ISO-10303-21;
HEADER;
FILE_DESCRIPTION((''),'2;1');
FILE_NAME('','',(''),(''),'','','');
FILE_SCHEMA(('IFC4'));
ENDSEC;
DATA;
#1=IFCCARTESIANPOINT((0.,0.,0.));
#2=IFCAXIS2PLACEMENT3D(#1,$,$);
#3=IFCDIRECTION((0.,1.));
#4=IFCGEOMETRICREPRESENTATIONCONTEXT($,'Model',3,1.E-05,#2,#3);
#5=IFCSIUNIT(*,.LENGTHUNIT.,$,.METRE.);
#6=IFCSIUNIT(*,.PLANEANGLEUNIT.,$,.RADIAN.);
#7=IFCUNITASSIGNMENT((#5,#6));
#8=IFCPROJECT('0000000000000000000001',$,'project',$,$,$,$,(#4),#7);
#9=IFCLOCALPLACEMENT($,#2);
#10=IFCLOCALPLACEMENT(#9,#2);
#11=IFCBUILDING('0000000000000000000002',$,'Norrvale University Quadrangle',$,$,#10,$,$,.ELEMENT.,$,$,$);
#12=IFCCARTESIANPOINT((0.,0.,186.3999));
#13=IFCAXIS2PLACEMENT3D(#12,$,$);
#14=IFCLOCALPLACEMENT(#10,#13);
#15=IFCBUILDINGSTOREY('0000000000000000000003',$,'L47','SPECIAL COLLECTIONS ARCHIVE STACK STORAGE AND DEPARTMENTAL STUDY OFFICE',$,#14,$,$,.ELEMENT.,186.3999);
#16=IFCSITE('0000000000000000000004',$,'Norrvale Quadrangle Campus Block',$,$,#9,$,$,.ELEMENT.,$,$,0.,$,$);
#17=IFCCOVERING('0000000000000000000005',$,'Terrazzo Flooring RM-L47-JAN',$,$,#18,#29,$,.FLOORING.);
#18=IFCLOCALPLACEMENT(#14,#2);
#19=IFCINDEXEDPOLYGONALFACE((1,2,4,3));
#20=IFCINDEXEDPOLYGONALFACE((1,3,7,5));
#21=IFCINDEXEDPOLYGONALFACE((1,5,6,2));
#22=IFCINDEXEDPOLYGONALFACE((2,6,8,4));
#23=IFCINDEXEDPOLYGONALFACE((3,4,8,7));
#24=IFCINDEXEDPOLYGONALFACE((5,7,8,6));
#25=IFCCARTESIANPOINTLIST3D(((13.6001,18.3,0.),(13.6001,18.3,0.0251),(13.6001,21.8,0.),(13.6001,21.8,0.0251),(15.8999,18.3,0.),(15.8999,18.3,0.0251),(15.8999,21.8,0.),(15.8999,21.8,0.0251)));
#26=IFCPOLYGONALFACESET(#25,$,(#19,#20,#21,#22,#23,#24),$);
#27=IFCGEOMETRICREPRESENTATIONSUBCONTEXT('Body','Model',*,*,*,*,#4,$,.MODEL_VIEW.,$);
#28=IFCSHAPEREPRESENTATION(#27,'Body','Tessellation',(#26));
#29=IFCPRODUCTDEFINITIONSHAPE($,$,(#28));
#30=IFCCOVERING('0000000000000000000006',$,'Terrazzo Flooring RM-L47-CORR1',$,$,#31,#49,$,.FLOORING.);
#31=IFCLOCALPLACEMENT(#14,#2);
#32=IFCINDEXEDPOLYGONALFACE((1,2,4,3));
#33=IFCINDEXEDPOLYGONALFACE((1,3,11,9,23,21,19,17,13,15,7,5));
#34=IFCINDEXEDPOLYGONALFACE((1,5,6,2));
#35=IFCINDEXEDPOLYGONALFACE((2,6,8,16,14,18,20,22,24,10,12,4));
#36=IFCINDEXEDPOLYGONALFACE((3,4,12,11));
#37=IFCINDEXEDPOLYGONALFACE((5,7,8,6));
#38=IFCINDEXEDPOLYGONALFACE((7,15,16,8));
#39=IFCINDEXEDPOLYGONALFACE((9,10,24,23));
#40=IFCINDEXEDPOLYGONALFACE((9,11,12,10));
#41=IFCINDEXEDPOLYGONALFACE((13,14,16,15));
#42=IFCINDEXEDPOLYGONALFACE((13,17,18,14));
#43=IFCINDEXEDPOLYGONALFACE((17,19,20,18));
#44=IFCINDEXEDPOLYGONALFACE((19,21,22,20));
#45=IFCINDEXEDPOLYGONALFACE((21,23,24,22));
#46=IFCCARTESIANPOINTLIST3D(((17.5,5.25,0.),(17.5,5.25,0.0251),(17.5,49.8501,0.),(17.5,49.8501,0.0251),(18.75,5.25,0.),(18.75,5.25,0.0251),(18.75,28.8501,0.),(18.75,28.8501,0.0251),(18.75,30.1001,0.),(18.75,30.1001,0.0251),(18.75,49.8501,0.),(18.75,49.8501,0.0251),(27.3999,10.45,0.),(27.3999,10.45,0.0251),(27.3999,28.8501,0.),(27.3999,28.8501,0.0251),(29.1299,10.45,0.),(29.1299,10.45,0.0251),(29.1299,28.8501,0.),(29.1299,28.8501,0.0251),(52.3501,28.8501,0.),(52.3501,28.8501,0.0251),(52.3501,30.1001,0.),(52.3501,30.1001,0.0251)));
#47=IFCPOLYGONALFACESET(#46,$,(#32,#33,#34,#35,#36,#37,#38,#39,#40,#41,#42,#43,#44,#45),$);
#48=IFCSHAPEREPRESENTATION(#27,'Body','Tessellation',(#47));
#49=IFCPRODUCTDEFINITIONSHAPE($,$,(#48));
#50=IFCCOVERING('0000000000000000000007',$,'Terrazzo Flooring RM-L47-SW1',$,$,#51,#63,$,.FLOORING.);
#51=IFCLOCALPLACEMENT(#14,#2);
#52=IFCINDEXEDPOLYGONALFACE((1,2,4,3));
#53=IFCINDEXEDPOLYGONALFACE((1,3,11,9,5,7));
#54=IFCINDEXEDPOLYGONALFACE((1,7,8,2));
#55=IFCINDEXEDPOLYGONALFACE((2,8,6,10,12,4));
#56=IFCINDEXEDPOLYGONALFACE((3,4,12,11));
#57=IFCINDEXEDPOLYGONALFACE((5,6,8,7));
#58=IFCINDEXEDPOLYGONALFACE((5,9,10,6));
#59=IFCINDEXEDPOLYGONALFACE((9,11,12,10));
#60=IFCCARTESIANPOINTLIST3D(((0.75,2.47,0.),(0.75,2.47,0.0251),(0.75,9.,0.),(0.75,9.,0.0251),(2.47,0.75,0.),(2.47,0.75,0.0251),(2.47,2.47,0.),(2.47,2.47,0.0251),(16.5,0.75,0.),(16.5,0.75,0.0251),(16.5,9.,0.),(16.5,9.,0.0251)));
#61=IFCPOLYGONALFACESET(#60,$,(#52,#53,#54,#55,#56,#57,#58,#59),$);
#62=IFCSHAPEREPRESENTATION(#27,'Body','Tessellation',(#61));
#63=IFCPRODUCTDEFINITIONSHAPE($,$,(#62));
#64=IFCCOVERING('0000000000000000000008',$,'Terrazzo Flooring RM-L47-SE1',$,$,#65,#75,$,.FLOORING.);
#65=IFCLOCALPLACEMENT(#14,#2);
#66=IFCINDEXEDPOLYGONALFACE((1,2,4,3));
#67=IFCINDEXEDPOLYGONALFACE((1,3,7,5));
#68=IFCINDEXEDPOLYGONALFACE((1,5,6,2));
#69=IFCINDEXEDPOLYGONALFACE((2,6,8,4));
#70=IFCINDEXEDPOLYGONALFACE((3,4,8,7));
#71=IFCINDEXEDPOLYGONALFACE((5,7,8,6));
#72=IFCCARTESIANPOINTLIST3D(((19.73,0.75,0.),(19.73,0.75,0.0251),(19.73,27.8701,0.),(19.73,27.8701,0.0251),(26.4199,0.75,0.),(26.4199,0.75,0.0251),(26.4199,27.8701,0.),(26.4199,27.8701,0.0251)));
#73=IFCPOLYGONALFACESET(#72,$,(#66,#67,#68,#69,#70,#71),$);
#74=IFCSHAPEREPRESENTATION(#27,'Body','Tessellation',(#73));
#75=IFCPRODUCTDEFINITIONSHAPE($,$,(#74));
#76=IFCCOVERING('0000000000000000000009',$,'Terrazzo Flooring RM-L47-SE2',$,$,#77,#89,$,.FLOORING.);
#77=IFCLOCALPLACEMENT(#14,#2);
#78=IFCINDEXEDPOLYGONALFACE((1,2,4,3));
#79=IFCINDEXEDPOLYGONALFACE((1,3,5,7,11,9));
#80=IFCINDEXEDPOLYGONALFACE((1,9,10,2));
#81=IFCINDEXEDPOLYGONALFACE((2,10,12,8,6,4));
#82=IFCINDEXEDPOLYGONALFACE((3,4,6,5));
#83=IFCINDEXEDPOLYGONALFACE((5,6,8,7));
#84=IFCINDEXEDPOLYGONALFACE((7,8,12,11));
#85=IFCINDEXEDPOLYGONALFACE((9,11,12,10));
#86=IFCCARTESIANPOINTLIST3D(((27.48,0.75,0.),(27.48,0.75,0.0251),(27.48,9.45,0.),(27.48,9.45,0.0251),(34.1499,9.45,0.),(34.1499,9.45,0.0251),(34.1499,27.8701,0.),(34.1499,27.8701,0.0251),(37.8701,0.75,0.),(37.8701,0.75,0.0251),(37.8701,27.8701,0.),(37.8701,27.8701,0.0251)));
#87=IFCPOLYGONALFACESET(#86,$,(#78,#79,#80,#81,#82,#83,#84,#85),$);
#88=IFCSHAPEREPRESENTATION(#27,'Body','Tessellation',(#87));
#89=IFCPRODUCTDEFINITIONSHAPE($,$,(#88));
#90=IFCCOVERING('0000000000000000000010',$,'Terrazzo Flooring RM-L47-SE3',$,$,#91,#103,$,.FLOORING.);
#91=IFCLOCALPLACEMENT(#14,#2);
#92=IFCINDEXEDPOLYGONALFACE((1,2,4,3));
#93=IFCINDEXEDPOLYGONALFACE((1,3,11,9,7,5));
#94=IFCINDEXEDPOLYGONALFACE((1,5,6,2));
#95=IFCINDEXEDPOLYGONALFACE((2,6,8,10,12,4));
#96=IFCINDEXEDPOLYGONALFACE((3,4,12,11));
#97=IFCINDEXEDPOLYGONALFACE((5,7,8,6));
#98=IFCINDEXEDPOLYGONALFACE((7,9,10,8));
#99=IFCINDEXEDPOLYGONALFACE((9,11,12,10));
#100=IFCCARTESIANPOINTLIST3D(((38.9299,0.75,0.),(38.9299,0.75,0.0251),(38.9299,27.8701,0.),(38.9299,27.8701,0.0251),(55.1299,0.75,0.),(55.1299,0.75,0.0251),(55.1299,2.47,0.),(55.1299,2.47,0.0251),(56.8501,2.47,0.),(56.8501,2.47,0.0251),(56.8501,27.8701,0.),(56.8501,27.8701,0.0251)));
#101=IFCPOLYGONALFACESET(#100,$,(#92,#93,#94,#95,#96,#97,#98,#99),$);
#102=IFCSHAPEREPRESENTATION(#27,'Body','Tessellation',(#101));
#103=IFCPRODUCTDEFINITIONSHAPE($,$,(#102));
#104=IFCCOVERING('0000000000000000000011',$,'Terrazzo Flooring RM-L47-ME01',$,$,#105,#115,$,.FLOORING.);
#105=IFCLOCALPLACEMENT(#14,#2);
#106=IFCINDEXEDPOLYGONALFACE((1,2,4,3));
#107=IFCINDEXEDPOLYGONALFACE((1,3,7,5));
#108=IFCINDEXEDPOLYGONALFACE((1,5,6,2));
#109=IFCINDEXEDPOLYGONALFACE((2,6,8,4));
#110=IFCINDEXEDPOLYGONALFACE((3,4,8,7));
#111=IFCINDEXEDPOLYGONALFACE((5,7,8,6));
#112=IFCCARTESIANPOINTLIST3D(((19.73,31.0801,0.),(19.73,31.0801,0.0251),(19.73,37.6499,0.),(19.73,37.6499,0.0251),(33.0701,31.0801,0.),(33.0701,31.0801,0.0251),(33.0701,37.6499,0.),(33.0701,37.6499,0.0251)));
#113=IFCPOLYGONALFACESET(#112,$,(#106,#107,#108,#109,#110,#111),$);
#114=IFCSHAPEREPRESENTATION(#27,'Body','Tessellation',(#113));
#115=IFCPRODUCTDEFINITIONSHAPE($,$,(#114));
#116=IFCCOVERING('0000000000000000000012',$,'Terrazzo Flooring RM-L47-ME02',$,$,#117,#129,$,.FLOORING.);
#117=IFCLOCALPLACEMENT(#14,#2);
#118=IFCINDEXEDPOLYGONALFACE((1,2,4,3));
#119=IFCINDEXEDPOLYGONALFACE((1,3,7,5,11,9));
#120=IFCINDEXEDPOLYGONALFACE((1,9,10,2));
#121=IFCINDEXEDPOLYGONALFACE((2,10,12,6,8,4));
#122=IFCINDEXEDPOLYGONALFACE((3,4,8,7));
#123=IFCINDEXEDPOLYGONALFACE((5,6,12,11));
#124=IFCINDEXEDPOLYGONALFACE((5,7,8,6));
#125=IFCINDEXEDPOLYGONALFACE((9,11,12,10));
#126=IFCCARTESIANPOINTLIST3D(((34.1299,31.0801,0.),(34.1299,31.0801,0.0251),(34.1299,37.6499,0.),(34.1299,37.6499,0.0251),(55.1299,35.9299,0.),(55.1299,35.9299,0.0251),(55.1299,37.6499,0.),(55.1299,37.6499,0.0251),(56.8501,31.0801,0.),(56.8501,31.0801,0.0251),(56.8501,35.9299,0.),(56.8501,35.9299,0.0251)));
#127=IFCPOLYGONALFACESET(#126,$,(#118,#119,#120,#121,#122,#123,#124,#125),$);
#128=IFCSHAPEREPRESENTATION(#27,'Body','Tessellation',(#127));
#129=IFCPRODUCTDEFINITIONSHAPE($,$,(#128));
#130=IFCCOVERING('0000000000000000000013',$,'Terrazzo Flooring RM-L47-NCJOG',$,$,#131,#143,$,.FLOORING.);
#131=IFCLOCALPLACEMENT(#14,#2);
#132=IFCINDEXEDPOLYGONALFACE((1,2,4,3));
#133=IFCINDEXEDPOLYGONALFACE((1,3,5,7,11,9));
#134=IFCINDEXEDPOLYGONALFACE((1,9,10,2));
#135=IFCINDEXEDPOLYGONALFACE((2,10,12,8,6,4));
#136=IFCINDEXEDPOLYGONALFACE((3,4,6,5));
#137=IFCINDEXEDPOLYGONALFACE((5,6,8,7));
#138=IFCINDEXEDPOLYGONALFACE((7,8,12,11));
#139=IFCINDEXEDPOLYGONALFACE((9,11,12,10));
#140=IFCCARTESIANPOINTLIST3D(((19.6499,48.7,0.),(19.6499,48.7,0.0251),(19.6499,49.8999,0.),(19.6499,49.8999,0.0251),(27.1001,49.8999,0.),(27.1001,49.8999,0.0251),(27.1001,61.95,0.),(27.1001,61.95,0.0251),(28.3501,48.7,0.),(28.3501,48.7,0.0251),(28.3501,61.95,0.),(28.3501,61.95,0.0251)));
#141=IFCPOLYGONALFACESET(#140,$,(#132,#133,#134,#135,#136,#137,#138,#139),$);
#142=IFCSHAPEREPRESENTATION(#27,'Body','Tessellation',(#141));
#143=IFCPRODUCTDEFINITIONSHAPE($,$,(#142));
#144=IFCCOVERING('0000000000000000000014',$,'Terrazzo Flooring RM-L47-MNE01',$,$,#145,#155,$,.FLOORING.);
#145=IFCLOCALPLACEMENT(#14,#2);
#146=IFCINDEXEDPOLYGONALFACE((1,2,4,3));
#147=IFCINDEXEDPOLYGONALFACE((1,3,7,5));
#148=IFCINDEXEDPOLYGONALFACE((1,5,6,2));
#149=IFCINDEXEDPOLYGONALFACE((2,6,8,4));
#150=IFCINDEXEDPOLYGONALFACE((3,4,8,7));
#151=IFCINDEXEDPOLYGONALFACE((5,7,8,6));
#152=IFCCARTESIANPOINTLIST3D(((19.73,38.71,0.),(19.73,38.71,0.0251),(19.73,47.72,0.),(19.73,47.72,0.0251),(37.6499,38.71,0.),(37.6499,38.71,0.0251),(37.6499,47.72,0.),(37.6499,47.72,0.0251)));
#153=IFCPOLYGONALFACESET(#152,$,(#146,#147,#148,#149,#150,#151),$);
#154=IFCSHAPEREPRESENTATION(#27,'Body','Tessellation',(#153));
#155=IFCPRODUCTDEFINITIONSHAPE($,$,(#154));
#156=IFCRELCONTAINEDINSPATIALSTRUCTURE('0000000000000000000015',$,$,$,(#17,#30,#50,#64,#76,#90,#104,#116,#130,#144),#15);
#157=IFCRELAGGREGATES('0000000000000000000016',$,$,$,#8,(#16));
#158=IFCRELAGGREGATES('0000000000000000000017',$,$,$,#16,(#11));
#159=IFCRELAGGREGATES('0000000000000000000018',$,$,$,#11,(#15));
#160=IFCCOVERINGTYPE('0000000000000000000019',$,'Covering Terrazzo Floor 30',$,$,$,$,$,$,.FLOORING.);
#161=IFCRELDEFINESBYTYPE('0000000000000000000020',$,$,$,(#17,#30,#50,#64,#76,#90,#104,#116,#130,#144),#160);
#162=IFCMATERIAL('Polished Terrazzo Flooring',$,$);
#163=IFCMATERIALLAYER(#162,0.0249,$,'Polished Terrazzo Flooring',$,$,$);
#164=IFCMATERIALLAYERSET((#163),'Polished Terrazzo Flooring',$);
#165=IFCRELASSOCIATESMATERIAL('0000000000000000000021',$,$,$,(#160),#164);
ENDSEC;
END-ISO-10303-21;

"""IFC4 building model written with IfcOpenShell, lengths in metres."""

from ifc_helpers import new_model, si_unit, direction, frame, origin, place, context, subcontext, project, spatial, polyline, outline, extrude, material, layer, layer_set, type_object, element, save


model = new_model("IFC4")

# Units and contexts
model_context = context("Model", 3, precision=1e-05, world=origin(), true_north=direction((0.0, 1.0)))
body_context = subcontext(model_context, "Body", "Model", "MODEL_VIEW")
ifc_project = project(units=[si_unit("LENGTHUNIT", "METRE"), si_unit("PLANEANGLEUNIT", "RADIAN")], contexts=[model_context])

# Site, building, storey
site_placement = place(None, origin())
site = spatial("IfcSite", under=ifc_project, at=site_placement, Name="Norrvale Quadrangle Campus Block", CompositionType="ELEMENT", RefElevation=0.0)
building_placement = place(site_placement, origin())
building = spatial("IfcBuilding", under=site, at=building_placement, Name="Norrvale University Quadrangle", CompositionType="ELEMENT")
storey_placement = place(building_placement, frame((0.0, 0.0, 186.3999)))
storey = spatial("IfcBuildingStorey", under=building, at=storey_placement, Name="L47", Description="SPECIAL COLLECTIONS ARCHIVE STACK STORAGE AND DEPARTMENTAL STUDY OFFICE", CompositionType="ELEMENT", Elevation=186.3999)

# Coverings
ifc_material_1 = material(Name="Polished Terrazzo Flooring")
ifc_layer_1 = layer(ifc_material_1, 0.0249, Name="Polished Terrazzo Flooring")
ifc_layer_set_1 = layer_set([ifc_layer_1], Name="Polished Terrazzo Flooring")
covering_type_1 = type_object("IfcCoveringType", Name="Covering Terrazzo Floor 30", PredefinedType="FLOORING", material=ifc_layer_set_1)
covering_1_placement = place(storey_placement, origin())
element("IfcCovering", 1, at=covering_1_placement, inside=storey, type_object=covering_type_1, Name="Terrazzo Flooring RM-L47-JAN", PredefinedType="FLOORING", context=body_context, shape_type="SweptSolid", body=[
    extrude(outline(polyline([(13.6001, 18.3), (13.6001, 21.8), (15.8999, 21.8), (15.8999, 18.3), (13.6001, 18.3)])), origin(), (0.0, 0.0, 1.0), 0.0251),
])
covering_2_placement = place(storey_placement, origin())
element("IfcCovering", 2, at=covering_2_placement, inside=storey, type_object=covering_type_1, Name="Terrazzo Flooring RM-L47-CORR1", PredefinedType="FLOORING", context=body_context, shape_type="SweptSolid", body=[
    extrude(outline(polyline([(17.5, 5.25), (17.5, 49.8501), (18.75, 49.8501), (18.75, 30.1001), (52.3501, 30.1001), (52.3501, 28.8501), (29.1299, 28.8501), (29.1299, 10.45), (27.3999, 10.45), (27.3999, 28.8501), (18.75, 28.8501), (18.75, 5.25), (17.5, 5.25)])), origin(), (0.0, 0.0, 1.0), 0.0251),
])
covering_3_placement = place(storey_placement, origin())
element("IfcCovering", 3, at=covering_3_placement, inside=storey, type_object=covering_type_1, Name="Terrazzo Flooring RM-L47-SW1", PredefinedType="FLOORING", context=body_context, shape_type="SweptSolid", body=[
    extrude(outline(polyline([(0.75, 9.0), (16.5, 9.0), (16.5, 0.75), (2.47, 0.75), (2.47, 2.47), (0.75, 2.47), (0.75, 9.0)])), origin(), (0.0, 0.0, 1.0), 0.0251),
])
covering_4_placement = place(storey_placement, origin())
element("IfcCovering", 4, at=covering_4_placement, inside=storey, type_object=covering_type_1, Name="Terrazzo Flooring RM-L47-SE1", PredefinedType="FLOORING", context=body_context, shape_type="SweptSolid", body=[
    extrude(outline(polyline([(19.73, 27.8701), (26.4199, 27.8701), (26.4199, 0.75), (19.73, 0.75), (19.73, 27.8701)])), origin(), (0.0, 0.0, 1.0), 0.0251),
])
covering_5_placement = place(storey_placement, origin())
element("IfcCovering", 5, at=covering_5_placement, inside=storey, type_object=covering_type_1, Name="Terrazzo Flooring RM-L47-SE2", PredefinedType="FLOORING", context=body_context, shape_type="SweptSolid", body=[
    extrude(outline(polyline([(27.48, 9.45), (34.1499, 9.45), (34.1499, 27.8701), (37.8701, 27.8701), (37.8701, 0.75), (27.48, 0.75), (27.48, 9.45)])), origin(), (0.0, 0.0, 1.0), 0.0251),
])
covering_6_placement = place(storey_placement, origin())
element("IfcCovering", 6, at=covering_6_placement, inside=storey, type_object=covering_type_1, Name="Terrazzo Flooring RM-L47-SE3", PredefinedType="FLOORING", context=body_context, shape_type="SweptSolid", body=[
    extrude(outline(polyline([(38.9299, 0.75), (38.9299, 27.8701), (56.8501, 27.8701), (56.8501, 2.47), (55.1299, 2.47), (55.1299, 0.75), (38.9299, 0.75)])), origin(), (0.0, 0.0, 1.0), 0.0251),
])
covering_7_placement = place(storey_placement, origin())
element("IfcCovering", 7, at=covering_7_placement, inside=storey, type_object=covering_type_1, Name="Terrazzo Flooring RM-L47-ME01", PredefinedType="FLOORING", context=body_context, shape_type="SweptSolid", body=[
    extrude(outline(polyline([(19.73, 37.6499), (33.0701, 37.6499), (33.0701, 31.0801), (19.73, 31.0801), (19.73, 37.6499)])), origin(), (0.0, 0.0, 1.0), 0.0251),
])
covering_8_placement = place(storey_placement, origin())
element("IfcCovering", 8, at=covering_8_placement, inside=storey, type_object=covering_type_1, Name="Terrazzo Flooring RM-L47-ME02", PredefinedType="FLOORING", context=body_context, shape_type="SweptSolid", body=[
    extrude(outline(polyline([(56.8501, 31.0801), (34.1299, 31.0801), (34.1299, 37.6499), (55.1299, 37.6499), (55.1299, 35.9299), (56.8501, 35.9299), (56.8501, 31.0801)])), origin(), (0.0, 0.0, 1.0), 0.0251),
])
covering_9_placement = place(storey_placement, origin())
element("IfcCovering", 9, at=covering_9_placement, inside=storey, type_object=covering_type_1, Name="Terrazzo Flooring RM-L47-NCJOG", PredefinedType="FLOORING", context=body_context, shape_type="SweptSolid", body=[
    extrude(outline(polyline([(19.6499, 48.7), (19.6499, 49.8999), (27.1001, 49.8999), (27.1001, 61.95), (28.3501, 61.95), (28.3501, 48.7), (19.6499, 48.7)])), origin(), (0.0, 0.0, 1.0), 0.0251),
])
covering_10_placement = place(storey_placement, origin())
element("IfcCovering", 10, at=covering_10_placement, inside=storey, type_object=covering_type_1, Name="Terrazzo Flooring RM-L47-MNE01", PredefinedType="FLOORING", context=body_context, shape_type="SweptSolid", body=[
    extrude(outline(polyline([(19.73, 47.72), (37.6499, 47.72), (37.6499, 38.71), (19.73, 38.71), (19.73, 47.72)])), origin(), (0.0, 0.0, 1.0), 0.0251),
])

save(model, "model.ifc")
